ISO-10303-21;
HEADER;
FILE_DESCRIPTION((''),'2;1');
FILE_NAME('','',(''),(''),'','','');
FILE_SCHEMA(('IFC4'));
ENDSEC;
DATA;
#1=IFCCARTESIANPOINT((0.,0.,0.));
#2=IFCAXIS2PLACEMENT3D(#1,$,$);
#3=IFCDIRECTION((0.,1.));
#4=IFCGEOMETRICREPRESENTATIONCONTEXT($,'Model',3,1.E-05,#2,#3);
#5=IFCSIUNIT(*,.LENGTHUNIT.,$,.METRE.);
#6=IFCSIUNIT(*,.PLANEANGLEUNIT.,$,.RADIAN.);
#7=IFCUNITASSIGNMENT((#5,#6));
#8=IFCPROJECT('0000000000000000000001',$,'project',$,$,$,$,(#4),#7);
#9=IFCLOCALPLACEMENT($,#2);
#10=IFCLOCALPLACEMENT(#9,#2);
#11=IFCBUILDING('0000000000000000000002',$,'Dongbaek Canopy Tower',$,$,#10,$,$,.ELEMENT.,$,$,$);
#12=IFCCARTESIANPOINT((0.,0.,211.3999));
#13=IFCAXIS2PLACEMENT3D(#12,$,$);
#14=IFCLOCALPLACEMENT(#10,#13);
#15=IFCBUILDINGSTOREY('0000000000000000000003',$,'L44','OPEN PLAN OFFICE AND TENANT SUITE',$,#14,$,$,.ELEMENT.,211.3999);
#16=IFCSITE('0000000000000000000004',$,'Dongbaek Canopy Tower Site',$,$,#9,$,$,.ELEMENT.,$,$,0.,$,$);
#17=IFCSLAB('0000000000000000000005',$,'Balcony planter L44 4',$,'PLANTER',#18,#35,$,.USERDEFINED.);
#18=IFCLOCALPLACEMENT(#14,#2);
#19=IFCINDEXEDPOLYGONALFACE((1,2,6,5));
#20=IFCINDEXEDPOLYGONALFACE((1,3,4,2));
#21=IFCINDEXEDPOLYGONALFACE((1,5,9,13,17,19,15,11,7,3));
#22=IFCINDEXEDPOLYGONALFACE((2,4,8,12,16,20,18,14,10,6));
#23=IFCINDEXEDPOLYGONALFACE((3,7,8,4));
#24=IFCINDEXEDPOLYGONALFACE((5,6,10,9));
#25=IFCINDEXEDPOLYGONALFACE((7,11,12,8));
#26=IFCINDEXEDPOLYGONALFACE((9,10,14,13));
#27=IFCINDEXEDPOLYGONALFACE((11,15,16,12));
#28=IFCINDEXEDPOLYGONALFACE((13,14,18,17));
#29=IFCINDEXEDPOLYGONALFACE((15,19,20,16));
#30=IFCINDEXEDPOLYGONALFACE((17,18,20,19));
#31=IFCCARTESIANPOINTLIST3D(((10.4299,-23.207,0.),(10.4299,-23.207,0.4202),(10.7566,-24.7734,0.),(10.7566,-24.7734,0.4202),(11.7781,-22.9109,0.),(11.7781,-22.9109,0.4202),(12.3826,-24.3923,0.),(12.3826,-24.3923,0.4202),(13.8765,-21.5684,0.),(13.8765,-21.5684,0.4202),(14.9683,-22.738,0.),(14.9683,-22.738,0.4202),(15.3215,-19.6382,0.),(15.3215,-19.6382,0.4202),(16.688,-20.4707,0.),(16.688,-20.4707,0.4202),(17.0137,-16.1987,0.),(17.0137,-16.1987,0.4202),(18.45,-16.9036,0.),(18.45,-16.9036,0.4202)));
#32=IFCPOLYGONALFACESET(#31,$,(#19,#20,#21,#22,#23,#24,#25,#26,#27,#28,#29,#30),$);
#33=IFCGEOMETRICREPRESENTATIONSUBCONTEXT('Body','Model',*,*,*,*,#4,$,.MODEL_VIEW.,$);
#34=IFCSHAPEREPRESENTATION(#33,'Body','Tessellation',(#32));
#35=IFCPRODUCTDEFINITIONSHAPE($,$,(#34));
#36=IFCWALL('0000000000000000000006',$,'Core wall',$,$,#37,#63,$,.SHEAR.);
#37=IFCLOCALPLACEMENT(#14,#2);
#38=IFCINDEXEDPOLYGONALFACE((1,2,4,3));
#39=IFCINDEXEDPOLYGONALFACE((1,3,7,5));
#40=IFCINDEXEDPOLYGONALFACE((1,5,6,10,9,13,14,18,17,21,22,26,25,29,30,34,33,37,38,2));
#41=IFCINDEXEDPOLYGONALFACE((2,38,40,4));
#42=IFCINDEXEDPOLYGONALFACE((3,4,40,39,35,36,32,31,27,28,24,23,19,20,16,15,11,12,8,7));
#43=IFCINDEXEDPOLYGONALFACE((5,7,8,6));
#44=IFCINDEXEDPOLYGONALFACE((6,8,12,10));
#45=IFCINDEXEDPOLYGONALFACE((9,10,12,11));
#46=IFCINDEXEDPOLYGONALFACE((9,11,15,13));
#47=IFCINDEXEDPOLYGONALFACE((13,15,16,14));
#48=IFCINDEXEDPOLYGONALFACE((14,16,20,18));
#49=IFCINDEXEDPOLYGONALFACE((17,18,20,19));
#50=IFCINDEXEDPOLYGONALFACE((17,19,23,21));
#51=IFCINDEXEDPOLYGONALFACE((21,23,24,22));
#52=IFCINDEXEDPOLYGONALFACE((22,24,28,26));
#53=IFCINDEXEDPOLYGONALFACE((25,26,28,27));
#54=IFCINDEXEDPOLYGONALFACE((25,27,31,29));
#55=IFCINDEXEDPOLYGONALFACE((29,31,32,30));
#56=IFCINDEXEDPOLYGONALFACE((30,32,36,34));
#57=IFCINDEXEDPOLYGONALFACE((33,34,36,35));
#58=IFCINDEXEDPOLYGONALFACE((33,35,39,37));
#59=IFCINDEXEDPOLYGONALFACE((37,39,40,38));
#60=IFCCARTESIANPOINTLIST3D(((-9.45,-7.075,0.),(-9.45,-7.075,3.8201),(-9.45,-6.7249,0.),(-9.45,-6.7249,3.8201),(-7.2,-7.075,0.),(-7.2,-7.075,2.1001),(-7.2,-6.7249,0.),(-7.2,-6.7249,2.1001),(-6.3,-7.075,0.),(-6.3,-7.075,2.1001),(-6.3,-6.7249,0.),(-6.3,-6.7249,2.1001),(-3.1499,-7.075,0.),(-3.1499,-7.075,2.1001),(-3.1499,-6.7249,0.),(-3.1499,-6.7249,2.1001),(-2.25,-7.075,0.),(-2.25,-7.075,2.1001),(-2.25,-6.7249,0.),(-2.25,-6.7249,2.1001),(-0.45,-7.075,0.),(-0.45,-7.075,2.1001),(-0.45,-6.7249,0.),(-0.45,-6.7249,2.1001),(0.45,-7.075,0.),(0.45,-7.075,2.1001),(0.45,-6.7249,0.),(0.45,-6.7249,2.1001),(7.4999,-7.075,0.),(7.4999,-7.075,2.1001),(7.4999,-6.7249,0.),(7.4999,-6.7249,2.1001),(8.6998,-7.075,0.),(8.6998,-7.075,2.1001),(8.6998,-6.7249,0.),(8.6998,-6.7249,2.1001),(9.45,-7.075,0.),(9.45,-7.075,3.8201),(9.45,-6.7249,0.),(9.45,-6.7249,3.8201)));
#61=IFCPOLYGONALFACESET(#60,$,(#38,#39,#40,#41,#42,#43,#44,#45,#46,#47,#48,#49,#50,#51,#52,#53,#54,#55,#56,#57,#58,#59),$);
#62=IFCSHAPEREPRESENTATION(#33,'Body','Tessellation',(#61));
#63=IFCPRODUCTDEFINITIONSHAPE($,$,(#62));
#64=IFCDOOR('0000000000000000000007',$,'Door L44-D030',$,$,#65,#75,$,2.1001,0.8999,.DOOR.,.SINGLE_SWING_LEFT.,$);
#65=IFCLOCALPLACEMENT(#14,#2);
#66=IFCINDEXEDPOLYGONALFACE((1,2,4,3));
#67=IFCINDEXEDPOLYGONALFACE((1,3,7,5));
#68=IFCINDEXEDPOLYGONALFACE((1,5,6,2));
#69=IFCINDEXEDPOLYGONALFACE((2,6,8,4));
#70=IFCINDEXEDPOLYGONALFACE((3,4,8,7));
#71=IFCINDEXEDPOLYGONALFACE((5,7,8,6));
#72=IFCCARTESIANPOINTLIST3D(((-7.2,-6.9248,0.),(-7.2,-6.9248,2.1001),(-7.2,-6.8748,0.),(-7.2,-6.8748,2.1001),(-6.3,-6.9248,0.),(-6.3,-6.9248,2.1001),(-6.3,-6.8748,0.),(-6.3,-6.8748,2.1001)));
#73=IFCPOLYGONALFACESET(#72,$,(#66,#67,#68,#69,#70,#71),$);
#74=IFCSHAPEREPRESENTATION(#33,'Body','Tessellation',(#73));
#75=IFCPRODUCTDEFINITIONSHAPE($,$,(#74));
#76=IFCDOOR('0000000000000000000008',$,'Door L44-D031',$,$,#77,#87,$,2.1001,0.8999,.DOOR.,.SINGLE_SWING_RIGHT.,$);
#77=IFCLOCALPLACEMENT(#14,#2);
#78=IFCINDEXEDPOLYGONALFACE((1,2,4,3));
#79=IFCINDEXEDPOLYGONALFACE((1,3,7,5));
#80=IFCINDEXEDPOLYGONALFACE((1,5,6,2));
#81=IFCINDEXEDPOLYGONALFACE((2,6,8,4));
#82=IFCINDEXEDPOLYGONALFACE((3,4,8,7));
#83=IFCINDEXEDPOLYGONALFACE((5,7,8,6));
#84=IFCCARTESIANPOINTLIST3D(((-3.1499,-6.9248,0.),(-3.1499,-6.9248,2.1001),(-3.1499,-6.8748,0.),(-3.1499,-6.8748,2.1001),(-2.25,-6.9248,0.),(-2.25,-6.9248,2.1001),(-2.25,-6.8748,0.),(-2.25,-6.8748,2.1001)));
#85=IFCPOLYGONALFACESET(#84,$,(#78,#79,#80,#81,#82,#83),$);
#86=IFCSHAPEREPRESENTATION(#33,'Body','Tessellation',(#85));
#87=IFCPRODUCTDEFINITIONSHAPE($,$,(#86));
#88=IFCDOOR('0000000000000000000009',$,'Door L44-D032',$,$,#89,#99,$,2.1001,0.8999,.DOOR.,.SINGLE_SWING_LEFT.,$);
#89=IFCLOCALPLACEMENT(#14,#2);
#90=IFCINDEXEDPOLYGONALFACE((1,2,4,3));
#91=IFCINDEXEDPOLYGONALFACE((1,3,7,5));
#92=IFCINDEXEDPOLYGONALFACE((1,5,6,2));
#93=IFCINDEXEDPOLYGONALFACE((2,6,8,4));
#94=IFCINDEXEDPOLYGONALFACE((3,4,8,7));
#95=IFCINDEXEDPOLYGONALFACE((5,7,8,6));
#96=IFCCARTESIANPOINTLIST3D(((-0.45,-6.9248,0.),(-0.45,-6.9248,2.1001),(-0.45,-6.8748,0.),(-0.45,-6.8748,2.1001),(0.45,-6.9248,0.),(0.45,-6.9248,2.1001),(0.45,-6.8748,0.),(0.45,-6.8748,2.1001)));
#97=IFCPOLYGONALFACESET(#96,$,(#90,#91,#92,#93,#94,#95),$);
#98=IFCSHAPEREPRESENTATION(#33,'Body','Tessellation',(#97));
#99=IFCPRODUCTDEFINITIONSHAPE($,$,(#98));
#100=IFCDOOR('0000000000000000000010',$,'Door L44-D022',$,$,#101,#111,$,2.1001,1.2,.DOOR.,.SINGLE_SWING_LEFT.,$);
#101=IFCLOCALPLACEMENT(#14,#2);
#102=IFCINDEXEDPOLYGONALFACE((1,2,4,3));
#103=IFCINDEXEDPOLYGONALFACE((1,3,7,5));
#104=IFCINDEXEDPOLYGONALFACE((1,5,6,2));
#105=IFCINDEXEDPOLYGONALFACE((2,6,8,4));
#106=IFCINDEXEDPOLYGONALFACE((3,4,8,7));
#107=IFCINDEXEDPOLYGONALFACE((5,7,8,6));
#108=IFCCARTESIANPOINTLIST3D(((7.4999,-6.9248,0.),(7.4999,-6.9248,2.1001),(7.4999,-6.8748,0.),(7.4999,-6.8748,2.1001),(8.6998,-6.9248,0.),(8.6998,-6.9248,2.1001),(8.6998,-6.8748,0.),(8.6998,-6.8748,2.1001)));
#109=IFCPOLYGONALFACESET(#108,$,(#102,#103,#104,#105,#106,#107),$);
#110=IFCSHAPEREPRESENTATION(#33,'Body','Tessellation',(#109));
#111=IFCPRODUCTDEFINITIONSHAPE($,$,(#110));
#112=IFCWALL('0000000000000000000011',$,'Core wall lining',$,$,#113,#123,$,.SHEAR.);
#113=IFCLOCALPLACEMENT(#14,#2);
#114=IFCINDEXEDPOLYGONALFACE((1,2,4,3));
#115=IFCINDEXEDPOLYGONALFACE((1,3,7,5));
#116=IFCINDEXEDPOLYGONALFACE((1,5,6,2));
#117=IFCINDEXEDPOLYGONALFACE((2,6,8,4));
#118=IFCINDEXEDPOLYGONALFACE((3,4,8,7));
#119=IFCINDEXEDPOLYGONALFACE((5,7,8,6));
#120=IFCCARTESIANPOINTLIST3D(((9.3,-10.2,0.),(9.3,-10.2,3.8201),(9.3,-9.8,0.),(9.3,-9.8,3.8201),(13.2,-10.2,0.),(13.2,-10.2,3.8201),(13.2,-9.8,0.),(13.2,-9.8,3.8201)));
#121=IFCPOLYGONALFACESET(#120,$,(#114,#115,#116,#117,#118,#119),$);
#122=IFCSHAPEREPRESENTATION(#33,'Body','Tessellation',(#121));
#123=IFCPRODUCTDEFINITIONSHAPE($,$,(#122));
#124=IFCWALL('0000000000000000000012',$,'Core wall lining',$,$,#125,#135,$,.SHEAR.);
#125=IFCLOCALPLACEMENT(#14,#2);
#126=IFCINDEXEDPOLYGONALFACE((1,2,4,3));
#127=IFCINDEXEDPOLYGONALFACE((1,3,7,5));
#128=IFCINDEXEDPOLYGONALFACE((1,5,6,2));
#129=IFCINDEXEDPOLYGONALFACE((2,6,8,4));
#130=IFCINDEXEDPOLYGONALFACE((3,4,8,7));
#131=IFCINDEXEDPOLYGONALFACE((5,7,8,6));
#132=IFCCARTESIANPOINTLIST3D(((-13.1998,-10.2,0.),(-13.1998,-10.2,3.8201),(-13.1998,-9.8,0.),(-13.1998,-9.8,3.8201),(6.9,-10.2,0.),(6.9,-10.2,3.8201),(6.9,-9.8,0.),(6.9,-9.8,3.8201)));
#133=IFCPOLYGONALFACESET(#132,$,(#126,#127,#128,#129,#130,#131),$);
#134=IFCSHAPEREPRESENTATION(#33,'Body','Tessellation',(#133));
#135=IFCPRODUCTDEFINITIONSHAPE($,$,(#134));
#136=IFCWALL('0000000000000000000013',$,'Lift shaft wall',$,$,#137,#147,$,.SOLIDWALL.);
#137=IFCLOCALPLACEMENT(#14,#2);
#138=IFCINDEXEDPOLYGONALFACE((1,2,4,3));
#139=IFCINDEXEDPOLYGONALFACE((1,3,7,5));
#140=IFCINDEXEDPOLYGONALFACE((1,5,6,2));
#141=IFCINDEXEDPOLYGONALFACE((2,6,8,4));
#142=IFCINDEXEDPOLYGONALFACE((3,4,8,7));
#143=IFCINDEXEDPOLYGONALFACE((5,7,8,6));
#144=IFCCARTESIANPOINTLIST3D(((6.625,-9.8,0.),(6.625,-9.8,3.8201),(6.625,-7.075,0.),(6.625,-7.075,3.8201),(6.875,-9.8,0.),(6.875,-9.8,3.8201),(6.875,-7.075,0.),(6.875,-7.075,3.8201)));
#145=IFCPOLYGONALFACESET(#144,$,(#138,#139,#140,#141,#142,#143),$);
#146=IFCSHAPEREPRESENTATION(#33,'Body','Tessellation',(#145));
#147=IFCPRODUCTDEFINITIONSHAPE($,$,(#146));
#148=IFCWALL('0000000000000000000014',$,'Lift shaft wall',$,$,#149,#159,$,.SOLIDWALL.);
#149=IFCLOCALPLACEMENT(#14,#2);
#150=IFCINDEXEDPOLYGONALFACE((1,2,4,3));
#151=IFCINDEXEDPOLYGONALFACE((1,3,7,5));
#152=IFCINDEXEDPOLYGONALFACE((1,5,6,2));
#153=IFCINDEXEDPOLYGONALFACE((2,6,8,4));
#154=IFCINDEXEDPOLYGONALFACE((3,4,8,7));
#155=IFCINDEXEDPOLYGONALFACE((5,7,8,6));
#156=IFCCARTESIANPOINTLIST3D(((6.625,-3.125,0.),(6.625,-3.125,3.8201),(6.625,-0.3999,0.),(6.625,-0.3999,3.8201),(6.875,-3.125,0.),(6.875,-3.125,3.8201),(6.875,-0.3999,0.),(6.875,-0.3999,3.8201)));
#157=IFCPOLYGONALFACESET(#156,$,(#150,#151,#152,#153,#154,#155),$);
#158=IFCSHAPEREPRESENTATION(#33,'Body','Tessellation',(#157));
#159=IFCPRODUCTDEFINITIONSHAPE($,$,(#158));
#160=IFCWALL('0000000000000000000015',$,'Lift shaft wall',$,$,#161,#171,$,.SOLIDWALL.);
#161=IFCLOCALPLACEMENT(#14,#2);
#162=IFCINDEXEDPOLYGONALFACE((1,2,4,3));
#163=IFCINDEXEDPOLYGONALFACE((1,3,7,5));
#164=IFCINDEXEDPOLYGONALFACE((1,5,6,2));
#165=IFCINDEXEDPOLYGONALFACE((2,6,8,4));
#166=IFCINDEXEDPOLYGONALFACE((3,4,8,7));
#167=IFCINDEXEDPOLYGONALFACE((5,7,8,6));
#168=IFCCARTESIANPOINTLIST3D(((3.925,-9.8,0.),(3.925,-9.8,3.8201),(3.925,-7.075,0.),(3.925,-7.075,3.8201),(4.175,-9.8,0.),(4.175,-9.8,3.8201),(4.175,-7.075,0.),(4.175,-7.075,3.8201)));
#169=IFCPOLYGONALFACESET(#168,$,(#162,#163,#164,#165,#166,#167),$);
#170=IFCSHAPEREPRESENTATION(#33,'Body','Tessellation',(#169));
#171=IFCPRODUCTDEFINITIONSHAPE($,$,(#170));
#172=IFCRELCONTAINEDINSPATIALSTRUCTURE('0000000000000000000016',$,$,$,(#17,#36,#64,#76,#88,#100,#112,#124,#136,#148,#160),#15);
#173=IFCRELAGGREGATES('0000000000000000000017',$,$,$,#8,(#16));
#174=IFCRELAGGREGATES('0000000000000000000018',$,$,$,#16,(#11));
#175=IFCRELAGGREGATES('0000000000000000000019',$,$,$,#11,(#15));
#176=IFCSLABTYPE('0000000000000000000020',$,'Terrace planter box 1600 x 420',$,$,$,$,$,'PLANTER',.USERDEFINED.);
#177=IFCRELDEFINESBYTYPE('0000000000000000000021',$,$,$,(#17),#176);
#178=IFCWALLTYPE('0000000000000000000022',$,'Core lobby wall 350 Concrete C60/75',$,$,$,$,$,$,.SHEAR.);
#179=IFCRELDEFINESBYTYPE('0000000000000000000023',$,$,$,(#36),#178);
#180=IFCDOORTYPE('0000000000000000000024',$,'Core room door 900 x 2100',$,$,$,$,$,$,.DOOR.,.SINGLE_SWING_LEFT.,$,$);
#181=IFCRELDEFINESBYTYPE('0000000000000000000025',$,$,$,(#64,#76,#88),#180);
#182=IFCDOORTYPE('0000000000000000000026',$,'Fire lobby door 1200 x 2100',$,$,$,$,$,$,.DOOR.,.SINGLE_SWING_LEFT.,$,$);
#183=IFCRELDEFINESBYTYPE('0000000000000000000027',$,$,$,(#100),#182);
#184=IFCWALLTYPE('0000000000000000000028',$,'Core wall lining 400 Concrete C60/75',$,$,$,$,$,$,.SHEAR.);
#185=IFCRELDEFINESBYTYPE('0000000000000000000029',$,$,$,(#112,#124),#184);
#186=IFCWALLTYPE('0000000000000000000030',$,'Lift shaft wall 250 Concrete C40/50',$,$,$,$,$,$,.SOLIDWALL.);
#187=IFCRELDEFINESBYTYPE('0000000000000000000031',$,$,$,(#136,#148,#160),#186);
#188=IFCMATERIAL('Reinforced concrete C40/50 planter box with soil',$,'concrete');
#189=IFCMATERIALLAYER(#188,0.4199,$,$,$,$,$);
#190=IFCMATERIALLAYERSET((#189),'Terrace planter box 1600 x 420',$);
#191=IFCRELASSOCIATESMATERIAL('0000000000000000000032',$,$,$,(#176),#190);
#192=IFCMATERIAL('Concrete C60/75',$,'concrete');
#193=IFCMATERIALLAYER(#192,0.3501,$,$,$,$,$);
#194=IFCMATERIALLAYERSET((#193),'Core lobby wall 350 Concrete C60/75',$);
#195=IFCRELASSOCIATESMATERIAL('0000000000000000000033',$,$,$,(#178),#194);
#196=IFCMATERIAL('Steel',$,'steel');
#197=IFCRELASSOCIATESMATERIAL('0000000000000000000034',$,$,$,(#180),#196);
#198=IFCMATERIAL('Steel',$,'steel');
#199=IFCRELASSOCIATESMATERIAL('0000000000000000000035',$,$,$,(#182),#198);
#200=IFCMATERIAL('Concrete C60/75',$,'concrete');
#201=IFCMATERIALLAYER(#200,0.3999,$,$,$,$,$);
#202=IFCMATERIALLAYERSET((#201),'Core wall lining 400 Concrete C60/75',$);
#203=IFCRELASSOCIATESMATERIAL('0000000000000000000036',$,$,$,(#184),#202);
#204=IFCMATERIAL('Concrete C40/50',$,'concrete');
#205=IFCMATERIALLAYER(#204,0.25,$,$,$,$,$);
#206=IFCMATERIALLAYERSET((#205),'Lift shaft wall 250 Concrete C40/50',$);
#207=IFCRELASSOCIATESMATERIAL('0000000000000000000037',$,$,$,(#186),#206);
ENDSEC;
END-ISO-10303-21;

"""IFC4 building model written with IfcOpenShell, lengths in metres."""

from ifc_helpers import new_model, si_unit, direction, frame, frame_2d, origin, place, context, subcontext, project, spatial, polyline, rectangle, outline, extrude, material, layer, layer_set, type_object, element, fill, save


model = new_model("IFC4")

# Units and contexts
model_context = context("Model", 3, precision=1e-05, world=origin(), true_north=direction((0.0, 1.0)))
body_context = subcontext(model_context, "Body", "Model", "MODEL_VIEW")
ifc_project = project(units=[si_unit("LENGTHUNIT", "METRE"), si_unit("PLANEANGLEUNIT", "RADIAN")], contexts=[model_context])

# Site, building, storey
site_placement = place(None, origin())
site = spatial("IfcSite", under=ifc_project, at=site_placement, Name="Dongbaek Canopy Tower Site", CompositionType="ELEMENT", RefElevation=0.0)
building_placement = place(site_placement, origin())
building = spatial("IfcBuilding", under=site, at=building_placement, Name="Dongbaek Canopy Tower", CompositionType="ELEMENT")
storey_placement = place(building_placement, frame((0.0, 0.0, 211.3999)))
storey = spatial("IfcBuildingStorey", under=building, at=storey_placement, Name="L44", Description="OPEN PLAN OFFICE AND TENANT SUITE", CompositionType="ELEMENT", Elevation=211.3999)

# Slab
ifc_material_1 = material(Name="Reinforced concrete C40/50 planter box with soil", Category="concrete")
ifc_layer_1 = layer(ifc_material_1, 0.4199)
ifc_layer_set_1 = layer_set([ifc_layer_1], Name="Terrace planter box 1600 x 420")
slab_type = type_object("IfcSlabType", Name="Terrace planter box 1600 x 420", ElementType="PLANTER", PredefinedType="USERDEFINED", material=ifc_layer_set_1)
slab_placement = place(storey_placement, origin())
element("IfcSlab", 1, at=slab_placement, inside=storey, type_object=slab_type, Name="Balcony planter L44 4", ObjectType="PLANTER", PredefinedType="USERDEFINED", context=body_context, shape_type="SweptSolid", body=[
    extrude(outline(polyline([(10.4299, -23.207), (11.7781, -22.9109), (13.8765, -21.5684), (15.3215, -19.6382), (17.0137, -16.1987), (18.45, -16.9036), (16.688, -20.4707), (14.9683, -22.738), (12.3826, -24.3923), (10.7566, -24.7734), (10.4299, -23.207)])), origin(), (0.0, 0.0, 1.0), 0.4202),
])

# Wall, openings, doors
ifc_material_2 = material(Name="Concrete C60/75", Category="concrete")
ifc_layer_2 = layer(ifc_material_2, 0.3501)
ifc_layer_set_2 = layer_set([ifc_layer_2], Name="Core lobby wall 350 Concrete C60/75")
wall_type_1 = type_object("IfcWallType", Name="Core lobby wall 350 Concrete C60/75", PredefinedType="SHEAR", material=ifc_layer_set_2)
wall_1_placement = place(storey_placement, frame((9.45, -6.8999, 0.0), z_axis=(0.0, 0.0, 1.0), x_axis=(-1.0, 0.0, 0.0)))
wall_1 = element("IfcWall", 2, at=wall_1_placement, inside=storey, type_object=wall_type_1, Name="Core wall", PredefinedType="SHEAR", context=body_context, shape_type="SweptSolid", body=[
    extrude(rectangle(XDim=18.8999, YDim=0.3501, at=frame_2d((9.45, 0.0))), origin(), (0.0, 0.0, 1.0), 3.8201),
])
opening_1_placement = place(wall_1_placement, frame((0.75, 0.0, 0.0)))
opening_1 = element("IfcOpeningElement", 3, at=opening_1_placement, cuts=wall_1, PredefinedType="OPENING", context=body_context, shape_type="SweptSolid", body=[
    extrude(rectangle(XDim=1.2, YDim=2.1001, at=frame_2d((0.6001, 1.05))), frame((0.0, 0.1851, 0.0), z_axis=(0.0, -1.0, 0.0), x_axis=(1.0, 0.0, 0.0)), (0.0, 0.0, 1.0), 0.3701),
])
opening_2_placement = place(wall_1_placement, frame((15.75, 0.0, 0.0)))
opening_2 = element("IfcOpeningElement", 4, at=opening_2_placement, cuts=wall_1, PredefinedType="OPENING", context=body_context, shape_type="SweptSolid", body=[
    extrude(rectangle(XDim=0.8999, YDim=2.1001, at=frame_2d((0.45, 1.05))), frame((0.0, 0.1851, 0.0), z_axis=(0.0, -1.0, 0.0), x_axis=(1.0, 0.0, 0.0)), (0.0, 0.0, 1.0), 0.3701),
])
opening_3_placement = place(wall_1_placement, frame((11.7, 0.0, 0.0)))
opening_3 = element("IfcOpeningElement", 5, at=opening_3_placement, cuts=wall_1, PredefinedType="OPENING", context=body_context, shape_type="SweptSolid", body=[
    extrude(rectangle(XDim=0.8999, YDim=2.1001, at=frame_2d((0.45, 1.05))), frame((0.0, 0.1851, 0.0), z_axis=(0.0, -1.0, 0.0), x_axis=(1.0, 0.0, 0.0)), (0.0, 0.0, 1.0), 0.3701),
])
opening_4_placement = place(wall_1_placement, frame((9.0, 0.0, 0.0)))
opening_4 = element("IfcOpeningElement", 6, at=opening_4_placement, cuts=wall_1, PredefinedType="OPENING", context=body_context, shape_type="SweptSolid", body=[
    extrude(rectangle(XDim=0.8999, YDim=2.1001, at=frame_2d((0.45, 1.05))), frame((0.0, 0.1851, 0.0), z_axis=(0.0, -1.0, 0.0), x_axis=(1.0, 0.0, 0.0)), (0.0, 0.0, 1.0), 0.3701),
])
ifc_material_3 = material(Name="Steel", Category="steel")
door_type_1 = type_object("IfcDoorType", Name="Core room door 900 x 2100", OperationType="SINGLE_SWING_LEFT", PredefinedType="DOOR", material=ifc_material_3)
door_1_placement = place(opening_2_placement, origin())
door_1 = element("IfcDoor", 7, at=door_1_placement, inside=storey, type_object=door_type_1, Name="Door L44-D030", OperationType="SINGLE_SWING_LEFT", OverallHeight=2.1001, OverallWidth=0.8999, PredefinedType="DOOR", context=body_context, shape_type="SweptSolid", body=[
    extrude(rectangle(XDim=0.8999, YDim=2.1001, at=frame_2d((0.45, 1.05))), frame((0.0, 0.0249, 0.0), z_axis=(0.0, -1.0, 0.0), x_axis=(1.0, 0.0, 0.0)), (0.0, 0.0, 1.0), 0.05),
])
fill(opening_2, door_1)
door_2_placement = place(opening_3_placement, origin())
door_2 = element("IfcDoor", 8, at=door_2_placement, inside=storey, type_object=door_type_1, Name="Door L44-D031", OperationType="SINGLE_SWING_RIGHT", OverallHeight=2.1001, OverallWidth=0.8999, PredefinedType="DOOR", context=body_context, shape_type="SweptSolid", body=[
    extrude(rectangle(XDim=0.8999, YDim=2.1001, at=frame_2d((0.45, 1.05))), frame((0.0, 0.0249, 0.0), z_axis=(0.0, -1.0, 0.0), x_axis=(1.0, 0.0, 0.0)), (0.0, 0.0, 1.0), 0.05),
])
fill(opening_3, door_2)
door_3_placement = place(opening_4_placement, origin())
door_3 = element("IfcDoor", 9, at=door_3_placement, inside=storey, type_object=door_type_1, Name="Door L44-D032", OperationType="SINGLE_SWING_LEFT", OverallHeight=2.1001, OverallWidth=0.8999, PredefinedType="DOOR", context=body_context, shape_type="SweptSolid", body=[
    extrude(rectangle(XDim=0.8999, YDim=2.1001, at=frame_2d((0.45, 1.05))), frame((0.0, 0.0249, 0.0), z_axis=(0.0, -1.0, 0.0), x_axis=(1.0, 0.0, 0.0)), (0.0, 0.0, 1.0), 0.05),
])
fill(opening_4, door_3)
ifc_material_4 = material(Name="Steel", Category="steel")
door_type_2 = type_object("IfcDoorType", Name="Fire lobby door 1200 x 2100", OperationType="SINGLE_SWING_LEFT", PredefinedType="DOOR", material=ifc_material_4)
door_4_placement = place(opening_1_placement, origin())
door_4 = element("IfcDoor", 10, at=door_4_placement, inside=storey, type_object=door_type_2, Name="Door L44-D022", OperationType="SINGLE_SWING_LEFT", OverallHeight=2.1001, OverallWidth=1.2, PredefinedType="DOOR", context=body_context, shape_type="SweptSolid", body=[
    extrude(rectangle(XDim=1.2, YDim=2.1001, at=frame_2d((0.6001, 1.05))), frame((0.0, 0.0249, 0.0), z_axis=(0.0, -1.0, 0.0), x_axis=(1.0, 0.0, 0.0)), (0.0, 0.0, 1.0), 0.05),
])
fill(opening_1, door_4)

# Walls
ifc_material_5 = material(Name="Concrete C60/75", Category="concrete")
ifc_layer_3 = layer(ifc_material_5, 0.3999)
ifc_layer_set_3 = layer_set([ifc_layer_3], Name="Core wall lining 400 Concrete C60/75")
wall_type_2 = type_object("IfcWallType", Name="Core wall lining 400 Concrete C60/75", PredefinedType="SHEAR", material=ifc_layer_set_3)
wall_2_placement = place(storey_placement, frame((13.2, -10.0, 0.0), z_axis=(0.0, 0.0, 1.0), x_axis=(-1.0, 0.0, 0.0)))
element("IfcWall", 11, at=wall_2_placement, inside=storey, type_object=wall_type_2, Name="Core wall lining", PredefinedType="SHEAR", context=body_context, shape_type="SweptSolid", body=[
    extrude(rectangle(XDim=3.8999, YDim=0.3999, at=frame_2d((1.95, 0.0))), origin(), (0.0, 0.0, 1.0), 3.8201),
])
wall_3_placement = place(storey_placement, frame((6.8999, -10.0, 0.0), z_axis=(0.0, 0.0, 1.0), x_axis=(-1.0, 0.0, 0.0)))
element("IfcWall", 12, at=wall_3_placement, inside=storey, type_object=wall_type_2, Name="Core wall lining", PredefinedType="SHEAR", context=body_context, shape_type="SweptSolid", body=[
    extrude(rectangle(XDim=20.0999, YDim=0.3999, at=frame_2d((10.0498, 0.0))), origin(), (0.0, 0.0, 1.0), 3.8201),
])
ifc_material_6 = material(Name="Concrete C40/50", Category="concrete")
ifc_layer_4 = layer(ifc_material_6, 0.25)
ifc_layer_set_4 = layer_set([ifc_layer_4], Name="Lift shaft wall 250 Concrete C40/50")
wall_type_3 = type_object("IfcWallType", Name="Lift shaft wall 250 Concrete C40/50", PredefinedType="SOLIDWALL", material=ifc_layer_set_4)
for number, where, z_axis, x_axis, name in (
    (13, (6.75, -9.8, 0.0), (0.0, 0.0, 1.0), (0.0, 1.0, 0.0), "Lift shaft wall"),
    (14, (6.75, -3.125, 0.0), (0.0, 0.0, 1.0), (0.0, 1.0, 0.0), "Lift shaft wall"),
    (15, (4.05, -9.8, 0.0), (0.0, 0.0, 1.0), (0.0, 1.0, 0.0), "Lift shaft wall"),
):
    element("IfcWall", number, at=place(storey_placement, frame(where, z_axis=z_axis, x_axis=x_axis)), inside=storey, type_object=wall_type_3, Name=name, PredefinedType="SOLIDWALL", context=body_context, shape_type="SweptSolid", body=[
        extrude(rectangle(XDim=2.7251, YDim=0.25, at=frame_2d((1.3625, 0.0))), origin(), (0.0, 0.0, 1.0), 3.8201),
    ])

save(model, "model.ifc")
